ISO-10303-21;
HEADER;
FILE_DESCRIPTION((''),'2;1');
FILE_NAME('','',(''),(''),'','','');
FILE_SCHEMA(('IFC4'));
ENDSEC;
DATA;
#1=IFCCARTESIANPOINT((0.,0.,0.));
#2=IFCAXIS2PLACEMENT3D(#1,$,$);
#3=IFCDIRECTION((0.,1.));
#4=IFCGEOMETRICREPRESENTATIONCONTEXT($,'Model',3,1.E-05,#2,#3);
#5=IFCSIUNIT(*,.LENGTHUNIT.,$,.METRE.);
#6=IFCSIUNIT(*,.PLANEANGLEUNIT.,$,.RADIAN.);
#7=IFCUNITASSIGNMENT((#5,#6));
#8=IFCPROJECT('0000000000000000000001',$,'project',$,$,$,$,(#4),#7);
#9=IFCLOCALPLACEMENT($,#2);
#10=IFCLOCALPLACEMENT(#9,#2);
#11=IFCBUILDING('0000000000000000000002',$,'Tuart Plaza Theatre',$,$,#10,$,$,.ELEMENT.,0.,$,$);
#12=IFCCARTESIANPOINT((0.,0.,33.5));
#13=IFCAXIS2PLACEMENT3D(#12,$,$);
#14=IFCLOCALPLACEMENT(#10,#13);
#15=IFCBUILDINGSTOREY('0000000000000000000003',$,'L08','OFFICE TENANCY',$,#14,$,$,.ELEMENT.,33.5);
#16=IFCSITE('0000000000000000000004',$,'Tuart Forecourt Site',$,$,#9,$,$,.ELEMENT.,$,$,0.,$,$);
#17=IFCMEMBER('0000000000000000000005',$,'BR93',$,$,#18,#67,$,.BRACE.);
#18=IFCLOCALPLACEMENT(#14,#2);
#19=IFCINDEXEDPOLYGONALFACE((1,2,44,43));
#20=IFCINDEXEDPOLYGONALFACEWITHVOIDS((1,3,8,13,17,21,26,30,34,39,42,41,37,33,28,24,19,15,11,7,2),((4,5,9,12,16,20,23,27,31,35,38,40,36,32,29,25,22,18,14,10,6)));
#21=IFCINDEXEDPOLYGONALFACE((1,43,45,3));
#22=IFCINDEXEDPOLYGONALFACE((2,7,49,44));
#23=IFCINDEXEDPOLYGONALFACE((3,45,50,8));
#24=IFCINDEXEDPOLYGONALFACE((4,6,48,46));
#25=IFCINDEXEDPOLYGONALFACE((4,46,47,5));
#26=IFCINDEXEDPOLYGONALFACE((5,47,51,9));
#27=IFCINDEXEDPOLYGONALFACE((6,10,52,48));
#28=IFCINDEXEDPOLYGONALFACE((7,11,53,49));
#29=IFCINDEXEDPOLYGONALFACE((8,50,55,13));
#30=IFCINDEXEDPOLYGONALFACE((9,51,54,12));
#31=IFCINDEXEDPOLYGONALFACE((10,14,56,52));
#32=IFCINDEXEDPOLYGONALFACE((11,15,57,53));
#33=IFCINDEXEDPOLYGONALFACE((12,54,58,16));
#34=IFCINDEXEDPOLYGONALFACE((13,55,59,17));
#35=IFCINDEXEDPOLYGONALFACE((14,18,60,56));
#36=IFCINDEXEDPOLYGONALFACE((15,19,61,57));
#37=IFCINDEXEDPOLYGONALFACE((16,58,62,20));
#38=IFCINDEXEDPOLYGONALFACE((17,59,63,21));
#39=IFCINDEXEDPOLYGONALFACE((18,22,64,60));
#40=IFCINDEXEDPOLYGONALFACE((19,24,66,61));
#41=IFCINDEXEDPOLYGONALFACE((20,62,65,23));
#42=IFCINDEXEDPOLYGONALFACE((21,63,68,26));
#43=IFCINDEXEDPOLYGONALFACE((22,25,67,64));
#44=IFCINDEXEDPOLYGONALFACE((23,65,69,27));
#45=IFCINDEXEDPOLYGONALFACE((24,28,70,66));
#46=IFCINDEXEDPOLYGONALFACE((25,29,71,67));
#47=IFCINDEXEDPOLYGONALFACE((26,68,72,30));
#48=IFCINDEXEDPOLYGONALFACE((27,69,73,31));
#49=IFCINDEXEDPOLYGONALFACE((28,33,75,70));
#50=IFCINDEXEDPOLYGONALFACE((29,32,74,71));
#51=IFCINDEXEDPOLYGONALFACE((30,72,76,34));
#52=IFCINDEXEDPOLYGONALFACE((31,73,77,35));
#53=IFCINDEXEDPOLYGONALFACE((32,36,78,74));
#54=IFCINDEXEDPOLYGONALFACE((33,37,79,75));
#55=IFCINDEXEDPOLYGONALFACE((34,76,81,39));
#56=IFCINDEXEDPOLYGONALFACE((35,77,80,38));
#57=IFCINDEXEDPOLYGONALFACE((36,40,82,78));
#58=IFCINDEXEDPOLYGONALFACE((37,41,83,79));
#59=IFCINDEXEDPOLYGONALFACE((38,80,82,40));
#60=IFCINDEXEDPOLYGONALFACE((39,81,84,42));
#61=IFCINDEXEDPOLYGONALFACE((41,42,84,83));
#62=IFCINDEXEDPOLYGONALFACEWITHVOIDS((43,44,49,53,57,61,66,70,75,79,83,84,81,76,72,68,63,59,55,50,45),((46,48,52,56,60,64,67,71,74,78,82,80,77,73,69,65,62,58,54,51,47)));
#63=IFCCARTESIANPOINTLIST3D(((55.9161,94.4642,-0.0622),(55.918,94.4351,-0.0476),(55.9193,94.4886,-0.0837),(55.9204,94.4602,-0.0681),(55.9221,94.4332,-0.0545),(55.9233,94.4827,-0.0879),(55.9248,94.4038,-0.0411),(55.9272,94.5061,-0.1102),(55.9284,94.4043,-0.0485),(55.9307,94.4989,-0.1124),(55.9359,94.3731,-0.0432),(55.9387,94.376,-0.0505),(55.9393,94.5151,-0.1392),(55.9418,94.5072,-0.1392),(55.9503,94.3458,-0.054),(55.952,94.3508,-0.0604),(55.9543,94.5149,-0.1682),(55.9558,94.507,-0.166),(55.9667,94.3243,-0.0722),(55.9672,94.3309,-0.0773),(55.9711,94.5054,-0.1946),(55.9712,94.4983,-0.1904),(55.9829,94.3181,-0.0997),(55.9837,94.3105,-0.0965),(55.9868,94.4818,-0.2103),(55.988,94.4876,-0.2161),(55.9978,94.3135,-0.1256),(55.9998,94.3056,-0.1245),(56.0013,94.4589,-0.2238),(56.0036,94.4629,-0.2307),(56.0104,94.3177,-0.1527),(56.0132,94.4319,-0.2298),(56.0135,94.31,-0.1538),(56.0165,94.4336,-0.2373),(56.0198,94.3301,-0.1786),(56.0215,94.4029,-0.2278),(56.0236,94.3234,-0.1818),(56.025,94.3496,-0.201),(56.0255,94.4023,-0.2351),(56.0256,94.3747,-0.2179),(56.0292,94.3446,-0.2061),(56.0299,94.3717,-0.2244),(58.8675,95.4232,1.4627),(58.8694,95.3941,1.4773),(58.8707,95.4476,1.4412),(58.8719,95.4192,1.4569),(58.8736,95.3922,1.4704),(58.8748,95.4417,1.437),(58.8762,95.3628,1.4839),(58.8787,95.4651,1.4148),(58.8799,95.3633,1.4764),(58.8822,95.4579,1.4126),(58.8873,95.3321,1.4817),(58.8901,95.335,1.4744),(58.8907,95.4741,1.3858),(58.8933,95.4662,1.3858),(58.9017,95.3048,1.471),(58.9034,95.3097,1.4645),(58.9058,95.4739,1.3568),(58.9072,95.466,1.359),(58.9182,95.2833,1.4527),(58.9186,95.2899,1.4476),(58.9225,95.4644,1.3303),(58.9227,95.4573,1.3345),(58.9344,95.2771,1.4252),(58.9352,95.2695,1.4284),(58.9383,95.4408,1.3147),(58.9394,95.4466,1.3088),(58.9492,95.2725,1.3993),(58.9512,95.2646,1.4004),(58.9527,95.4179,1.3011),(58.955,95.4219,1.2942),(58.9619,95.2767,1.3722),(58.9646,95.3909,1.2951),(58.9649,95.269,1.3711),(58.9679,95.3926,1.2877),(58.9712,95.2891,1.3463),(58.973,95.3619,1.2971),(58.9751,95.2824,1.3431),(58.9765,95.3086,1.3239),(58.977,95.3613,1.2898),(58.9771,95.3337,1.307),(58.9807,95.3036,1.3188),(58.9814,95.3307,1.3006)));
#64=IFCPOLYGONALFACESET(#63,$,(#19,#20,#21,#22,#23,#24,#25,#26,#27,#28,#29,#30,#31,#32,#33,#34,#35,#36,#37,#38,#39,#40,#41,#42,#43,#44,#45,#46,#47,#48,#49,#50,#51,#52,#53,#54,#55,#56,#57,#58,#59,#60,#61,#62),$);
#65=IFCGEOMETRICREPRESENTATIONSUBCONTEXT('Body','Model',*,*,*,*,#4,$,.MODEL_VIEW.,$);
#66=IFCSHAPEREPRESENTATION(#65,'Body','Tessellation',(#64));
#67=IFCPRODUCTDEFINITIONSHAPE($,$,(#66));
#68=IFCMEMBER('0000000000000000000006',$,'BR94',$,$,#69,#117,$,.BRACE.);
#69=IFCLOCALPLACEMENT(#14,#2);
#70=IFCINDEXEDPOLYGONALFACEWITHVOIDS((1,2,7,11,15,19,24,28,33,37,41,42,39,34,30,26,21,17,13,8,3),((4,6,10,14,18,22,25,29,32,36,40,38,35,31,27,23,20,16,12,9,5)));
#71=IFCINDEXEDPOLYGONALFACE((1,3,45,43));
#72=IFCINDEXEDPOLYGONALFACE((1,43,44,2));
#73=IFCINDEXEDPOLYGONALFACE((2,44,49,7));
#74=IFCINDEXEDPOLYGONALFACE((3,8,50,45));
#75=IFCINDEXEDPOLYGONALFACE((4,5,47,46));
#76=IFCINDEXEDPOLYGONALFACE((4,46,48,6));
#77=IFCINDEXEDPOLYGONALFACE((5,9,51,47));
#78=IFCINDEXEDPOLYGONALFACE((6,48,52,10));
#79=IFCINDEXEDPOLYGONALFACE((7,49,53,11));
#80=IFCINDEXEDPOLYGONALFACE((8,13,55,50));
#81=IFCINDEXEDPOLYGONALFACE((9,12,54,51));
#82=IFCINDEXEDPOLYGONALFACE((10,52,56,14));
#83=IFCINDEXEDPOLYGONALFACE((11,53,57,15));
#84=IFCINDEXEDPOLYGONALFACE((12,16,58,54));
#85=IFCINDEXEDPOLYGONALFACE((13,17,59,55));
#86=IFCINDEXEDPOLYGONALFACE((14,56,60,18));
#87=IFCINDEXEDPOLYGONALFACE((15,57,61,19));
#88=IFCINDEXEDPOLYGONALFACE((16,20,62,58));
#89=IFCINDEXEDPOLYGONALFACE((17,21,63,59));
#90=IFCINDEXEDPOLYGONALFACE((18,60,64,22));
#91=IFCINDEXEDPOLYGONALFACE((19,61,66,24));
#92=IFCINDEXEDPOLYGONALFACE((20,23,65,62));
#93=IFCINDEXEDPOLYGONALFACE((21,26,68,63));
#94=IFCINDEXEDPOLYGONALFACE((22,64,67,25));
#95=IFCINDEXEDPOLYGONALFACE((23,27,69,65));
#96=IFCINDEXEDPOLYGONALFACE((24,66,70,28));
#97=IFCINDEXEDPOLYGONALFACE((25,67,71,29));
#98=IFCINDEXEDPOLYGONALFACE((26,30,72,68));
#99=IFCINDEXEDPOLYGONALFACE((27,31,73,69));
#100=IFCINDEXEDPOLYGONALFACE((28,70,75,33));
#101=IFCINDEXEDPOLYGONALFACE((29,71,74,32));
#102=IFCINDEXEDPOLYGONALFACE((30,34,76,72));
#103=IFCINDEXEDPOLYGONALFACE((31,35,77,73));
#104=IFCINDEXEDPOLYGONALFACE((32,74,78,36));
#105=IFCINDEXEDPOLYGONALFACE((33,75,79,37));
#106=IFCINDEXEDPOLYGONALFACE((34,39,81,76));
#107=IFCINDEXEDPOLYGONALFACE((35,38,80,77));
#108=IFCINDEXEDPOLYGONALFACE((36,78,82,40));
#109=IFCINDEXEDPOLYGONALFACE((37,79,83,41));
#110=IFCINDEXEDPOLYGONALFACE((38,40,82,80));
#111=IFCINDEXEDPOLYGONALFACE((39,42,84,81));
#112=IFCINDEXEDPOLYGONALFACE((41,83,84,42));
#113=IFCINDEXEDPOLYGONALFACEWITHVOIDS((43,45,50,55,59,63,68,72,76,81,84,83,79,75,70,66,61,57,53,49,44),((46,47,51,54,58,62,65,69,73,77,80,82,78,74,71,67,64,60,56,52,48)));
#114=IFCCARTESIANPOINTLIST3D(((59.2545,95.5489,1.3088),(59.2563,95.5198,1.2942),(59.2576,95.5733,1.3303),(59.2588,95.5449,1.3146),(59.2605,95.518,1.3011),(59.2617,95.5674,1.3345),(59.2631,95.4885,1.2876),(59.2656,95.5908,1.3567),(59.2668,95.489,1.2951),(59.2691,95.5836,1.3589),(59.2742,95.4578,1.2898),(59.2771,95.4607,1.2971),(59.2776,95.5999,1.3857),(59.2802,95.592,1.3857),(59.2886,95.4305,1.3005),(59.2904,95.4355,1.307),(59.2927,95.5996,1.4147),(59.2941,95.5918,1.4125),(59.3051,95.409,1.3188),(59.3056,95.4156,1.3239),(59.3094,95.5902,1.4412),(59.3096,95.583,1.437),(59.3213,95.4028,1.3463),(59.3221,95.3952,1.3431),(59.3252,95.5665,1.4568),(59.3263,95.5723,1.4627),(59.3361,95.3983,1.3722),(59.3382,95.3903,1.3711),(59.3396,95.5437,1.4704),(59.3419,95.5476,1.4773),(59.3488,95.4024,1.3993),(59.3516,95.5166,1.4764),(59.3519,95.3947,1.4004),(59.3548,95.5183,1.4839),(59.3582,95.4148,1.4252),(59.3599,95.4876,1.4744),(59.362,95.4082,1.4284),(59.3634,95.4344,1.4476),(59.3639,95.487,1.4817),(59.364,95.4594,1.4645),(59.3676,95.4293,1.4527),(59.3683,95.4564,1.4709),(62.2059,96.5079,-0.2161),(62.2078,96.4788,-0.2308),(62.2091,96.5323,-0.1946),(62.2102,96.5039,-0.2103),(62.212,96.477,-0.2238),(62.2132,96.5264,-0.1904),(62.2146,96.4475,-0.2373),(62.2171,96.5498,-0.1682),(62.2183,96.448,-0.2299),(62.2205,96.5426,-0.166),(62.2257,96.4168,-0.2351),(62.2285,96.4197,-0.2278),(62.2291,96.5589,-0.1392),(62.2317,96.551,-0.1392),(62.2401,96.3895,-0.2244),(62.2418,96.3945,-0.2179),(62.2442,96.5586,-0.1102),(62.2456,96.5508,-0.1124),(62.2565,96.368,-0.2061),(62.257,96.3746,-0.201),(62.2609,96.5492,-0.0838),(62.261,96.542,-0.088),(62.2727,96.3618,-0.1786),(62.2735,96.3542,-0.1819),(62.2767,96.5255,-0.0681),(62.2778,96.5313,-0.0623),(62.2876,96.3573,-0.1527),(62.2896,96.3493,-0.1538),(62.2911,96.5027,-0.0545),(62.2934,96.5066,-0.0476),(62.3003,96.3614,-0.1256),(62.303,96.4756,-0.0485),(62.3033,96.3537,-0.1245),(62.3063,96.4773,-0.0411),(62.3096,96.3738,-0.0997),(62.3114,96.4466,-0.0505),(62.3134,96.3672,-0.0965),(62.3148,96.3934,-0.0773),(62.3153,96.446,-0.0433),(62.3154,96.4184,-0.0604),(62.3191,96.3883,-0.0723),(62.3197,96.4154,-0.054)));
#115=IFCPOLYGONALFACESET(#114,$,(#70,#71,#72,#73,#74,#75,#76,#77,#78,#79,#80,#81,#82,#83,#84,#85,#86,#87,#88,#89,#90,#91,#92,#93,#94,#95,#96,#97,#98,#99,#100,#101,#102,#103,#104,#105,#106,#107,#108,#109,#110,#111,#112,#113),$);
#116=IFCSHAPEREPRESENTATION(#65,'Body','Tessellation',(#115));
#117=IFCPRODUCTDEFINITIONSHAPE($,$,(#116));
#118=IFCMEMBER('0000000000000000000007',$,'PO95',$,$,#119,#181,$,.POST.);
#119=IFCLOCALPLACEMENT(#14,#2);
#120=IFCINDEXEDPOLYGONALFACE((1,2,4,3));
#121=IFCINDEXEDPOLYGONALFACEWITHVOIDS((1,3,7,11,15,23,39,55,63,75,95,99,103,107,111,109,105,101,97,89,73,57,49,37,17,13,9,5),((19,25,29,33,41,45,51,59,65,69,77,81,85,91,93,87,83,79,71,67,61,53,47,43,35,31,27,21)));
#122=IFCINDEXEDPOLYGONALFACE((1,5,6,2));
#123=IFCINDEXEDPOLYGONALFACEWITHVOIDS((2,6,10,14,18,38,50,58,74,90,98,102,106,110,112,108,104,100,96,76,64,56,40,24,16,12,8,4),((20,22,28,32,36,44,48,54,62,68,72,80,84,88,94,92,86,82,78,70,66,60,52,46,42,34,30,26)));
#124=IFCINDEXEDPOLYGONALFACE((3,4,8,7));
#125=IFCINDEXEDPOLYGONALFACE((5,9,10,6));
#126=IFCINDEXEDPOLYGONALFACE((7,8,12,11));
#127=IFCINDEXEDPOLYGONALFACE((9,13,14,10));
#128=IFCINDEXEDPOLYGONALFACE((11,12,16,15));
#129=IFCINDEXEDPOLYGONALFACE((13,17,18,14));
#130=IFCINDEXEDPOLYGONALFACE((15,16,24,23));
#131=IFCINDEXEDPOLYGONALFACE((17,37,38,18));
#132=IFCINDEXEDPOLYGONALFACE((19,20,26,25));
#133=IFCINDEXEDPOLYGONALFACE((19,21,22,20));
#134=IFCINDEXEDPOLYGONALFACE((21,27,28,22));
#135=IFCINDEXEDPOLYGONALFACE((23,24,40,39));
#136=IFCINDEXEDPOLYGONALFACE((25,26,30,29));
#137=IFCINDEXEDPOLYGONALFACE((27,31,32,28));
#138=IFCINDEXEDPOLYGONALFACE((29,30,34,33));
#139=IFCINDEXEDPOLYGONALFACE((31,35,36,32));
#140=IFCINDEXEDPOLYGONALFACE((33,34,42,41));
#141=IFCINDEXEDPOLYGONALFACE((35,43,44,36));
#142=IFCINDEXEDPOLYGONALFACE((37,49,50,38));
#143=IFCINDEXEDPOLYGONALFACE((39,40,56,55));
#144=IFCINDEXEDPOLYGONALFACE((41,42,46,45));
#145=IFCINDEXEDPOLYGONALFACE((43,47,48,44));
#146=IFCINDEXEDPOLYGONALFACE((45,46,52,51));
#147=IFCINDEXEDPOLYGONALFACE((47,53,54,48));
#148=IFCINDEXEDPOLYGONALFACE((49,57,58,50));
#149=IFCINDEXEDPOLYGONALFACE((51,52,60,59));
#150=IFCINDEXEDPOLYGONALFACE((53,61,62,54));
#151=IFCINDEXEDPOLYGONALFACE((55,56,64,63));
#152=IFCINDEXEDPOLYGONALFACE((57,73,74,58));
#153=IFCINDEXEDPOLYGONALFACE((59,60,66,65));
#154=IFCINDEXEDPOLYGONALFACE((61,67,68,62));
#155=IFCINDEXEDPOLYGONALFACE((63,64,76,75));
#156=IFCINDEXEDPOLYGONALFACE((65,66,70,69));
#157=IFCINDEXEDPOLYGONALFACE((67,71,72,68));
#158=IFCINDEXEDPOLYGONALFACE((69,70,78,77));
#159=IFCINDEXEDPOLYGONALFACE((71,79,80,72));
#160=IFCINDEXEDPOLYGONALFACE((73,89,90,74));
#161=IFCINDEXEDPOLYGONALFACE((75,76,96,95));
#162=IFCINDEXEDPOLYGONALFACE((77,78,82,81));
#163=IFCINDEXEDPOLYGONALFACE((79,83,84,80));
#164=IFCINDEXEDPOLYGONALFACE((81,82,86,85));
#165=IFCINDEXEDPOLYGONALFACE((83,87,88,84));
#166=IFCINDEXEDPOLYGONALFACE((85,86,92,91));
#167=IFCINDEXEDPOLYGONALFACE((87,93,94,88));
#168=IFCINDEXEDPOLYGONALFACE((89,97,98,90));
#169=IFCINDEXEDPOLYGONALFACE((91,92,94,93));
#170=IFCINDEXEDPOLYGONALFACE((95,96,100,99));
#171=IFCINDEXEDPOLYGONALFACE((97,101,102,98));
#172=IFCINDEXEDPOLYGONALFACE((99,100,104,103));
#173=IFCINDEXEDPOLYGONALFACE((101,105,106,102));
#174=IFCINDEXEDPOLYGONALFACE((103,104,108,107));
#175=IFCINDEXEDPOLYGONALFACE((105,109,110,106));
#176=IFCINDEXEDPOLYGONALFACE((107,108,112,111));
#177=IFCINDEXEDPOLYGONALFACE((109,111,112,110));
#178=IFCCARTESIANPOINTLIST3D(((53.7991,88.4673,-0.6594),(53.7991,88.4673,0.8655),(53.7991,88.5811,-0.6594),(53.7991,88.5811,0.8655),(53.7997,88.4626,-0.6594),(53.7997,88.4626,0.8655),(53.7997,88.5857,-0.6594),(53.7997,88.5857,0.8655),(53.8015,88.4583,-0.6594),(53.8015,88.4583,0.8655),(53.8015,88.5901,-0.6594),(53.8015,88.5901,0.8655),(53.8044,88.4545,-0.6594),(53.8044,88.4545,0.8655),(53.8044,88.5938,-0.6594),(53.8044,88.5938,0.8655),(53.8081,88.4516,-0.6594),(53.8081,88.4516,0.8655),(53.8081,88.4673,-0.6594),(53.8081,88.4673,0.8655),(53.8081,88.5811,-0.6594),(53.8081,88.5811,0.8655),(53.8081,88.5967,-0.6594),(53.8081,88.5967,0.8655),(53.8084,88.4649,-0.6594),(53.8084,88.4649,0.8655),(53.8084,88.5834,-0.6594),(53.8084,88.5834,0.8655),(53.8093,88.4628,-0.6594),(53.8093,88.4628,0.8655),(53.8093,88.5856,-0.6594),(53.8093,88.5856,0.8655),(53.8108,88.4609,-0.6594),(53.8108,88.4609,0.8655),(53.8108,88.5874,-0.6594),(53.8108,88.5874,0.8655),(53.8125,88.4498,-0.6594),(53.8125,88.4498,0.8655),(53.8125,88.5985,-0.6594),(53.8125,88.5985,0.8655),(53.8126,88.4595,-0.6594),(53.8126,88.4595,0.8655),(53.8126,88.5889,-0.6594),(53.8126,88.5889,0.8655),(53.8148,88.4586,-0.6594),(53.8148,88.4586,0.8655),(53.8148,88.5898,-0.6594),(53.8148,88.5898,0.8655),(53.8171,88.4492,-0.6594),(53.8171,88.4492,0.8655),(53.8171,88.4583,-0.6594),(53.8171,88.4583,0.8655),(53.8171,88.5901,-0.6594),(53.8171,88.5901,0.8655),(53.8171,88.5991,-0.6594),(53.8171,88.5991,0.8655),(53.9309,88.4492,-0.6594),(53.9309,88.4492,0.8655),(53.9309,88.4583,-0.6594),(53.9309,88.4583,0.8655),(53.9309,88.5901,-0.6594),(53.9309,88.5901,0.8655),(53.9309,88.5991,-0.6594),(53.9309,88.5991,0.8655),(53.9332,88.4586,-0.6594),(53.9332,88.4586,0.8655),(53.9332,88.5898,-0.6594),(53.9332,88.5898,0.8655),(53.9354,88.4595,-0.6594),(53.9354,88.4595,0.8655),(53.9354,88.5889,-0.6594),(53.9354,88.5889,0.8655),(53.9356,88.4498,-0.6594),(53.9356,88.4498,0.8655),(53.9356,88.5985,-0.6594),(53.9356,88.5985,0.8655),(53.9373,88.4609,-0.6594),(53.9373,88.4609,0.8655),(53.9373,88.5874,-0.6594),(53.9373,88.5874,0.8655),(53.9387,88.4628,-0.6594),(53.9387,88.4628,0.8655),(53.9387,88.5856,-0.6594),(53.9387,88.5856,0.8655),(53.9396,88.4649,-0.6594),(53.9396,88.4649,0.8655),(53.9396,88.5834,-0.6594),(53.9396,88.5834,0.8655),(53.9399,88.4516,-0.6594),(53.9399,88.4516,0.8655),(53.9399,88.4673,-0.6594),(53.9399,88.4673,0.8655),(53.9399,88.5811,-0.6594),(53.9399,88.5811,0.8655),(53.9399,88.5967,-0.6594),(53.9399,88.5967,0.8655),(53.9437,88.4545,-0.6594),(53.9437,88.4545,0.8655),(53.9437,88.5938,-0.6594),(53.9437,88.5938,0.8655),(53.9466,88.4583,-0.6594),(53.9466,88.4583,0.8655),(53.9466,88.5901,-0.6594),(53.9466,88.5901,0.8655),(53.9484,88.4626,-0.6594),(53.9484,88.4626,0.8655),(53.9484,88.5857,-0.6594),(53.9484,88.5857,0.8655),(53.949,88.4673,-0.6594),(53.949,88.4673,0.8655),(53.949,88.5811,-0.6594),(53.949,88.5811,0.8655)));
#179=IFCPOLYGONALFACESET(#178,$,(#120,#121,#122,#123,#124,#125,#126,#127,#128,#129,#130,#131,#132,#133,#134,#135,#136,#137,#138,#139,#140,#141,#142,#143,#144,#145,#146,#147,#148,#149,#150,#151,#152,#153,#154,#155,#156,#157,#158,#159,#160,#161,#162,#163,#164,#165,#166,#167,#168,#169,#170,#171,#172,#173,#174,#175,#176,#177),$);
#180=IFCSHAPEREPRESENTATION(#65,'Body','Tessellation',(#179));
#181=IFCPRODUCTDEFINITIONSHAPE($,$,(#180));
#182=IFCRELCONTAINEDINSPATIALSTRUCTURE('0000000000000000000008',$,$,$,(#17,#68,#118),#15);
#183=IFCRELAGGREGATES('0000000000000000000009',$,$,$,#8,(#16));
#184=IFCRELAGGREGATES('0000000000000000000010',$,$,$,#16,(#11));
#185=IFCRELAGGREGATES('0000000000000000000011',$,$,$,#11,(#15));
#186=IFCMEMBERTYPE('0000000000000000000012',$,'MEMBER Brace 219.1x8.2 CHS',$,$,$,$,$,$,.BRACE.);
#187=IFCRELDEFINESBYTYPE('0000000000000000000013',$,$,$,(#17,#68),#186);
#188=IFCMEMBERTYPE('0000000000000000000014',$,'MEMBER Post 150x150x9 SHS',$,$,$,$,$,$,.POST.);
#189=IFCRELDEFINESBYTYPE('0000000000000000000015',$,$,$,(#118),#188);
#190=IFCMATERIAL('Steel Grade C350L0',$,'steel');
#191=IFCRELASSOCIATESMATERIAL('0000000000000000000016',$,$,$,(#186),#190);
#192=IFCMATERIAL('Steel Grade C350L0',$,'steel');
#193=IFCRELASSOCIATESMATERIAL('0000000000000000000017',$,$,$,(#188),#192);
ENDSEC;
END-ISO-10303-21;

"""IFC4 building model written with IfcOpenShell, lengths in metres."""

from ifc_helpers import new_model, si_unit, direction, frame, origin, origin_2d, place, context, subcontext, project, spatial, hollow_rectangle, hollow_circle, extrude, material, material_profile, profile_set, type_object, element, save


model = new_model("IFC4")

# Units and contexts
model_context = context("Model", 3, precision=1e-05, world=origin(), true_north=direction((0.0, 1.0)))
body_context = subcontext(model_context, "Body", "Model", "MODEL_VIEW")
ifc_project = project(units=[si_unit("LENGTHUNIT", "METRE"), si_unit("PLANEANGLEUNIT", "RADIAN")], contexts=[model_context])

# Site, building, storey
site_placement = place(None, origin())
site = spatial("IfcSite", under=ifc_project, at=site_placement, Name="Tuart Forecourt Site", CompositionType="ELEMENT", RefElevation=0.0)
building_placement = place(site_placement, origin())
building = spatial("IfcBuilding", under=site, at=building_placement, Name="Tuart Plaza Theatre", CompositionType="ELEMENT", ElevationOfRefHeight=0.0)
storey_placement = place(building_placement, frame((0.0, 0.0, 33.5)))
storey = spatial("IfcBuildingStorey", under=building, at=storey_placement, Name="L08", Description="OFFICE TENANCY", CompositionType="ELEMENT", Elevation=33.5)

# Members
ifc_material_1 = material(Name="Steel Grade C350L0", Category="steel")
ifc_material_profile_1 = material_profile(ifc_material_1, hollow_circle(Radius=0.1096, WallThickness=0.0083, at=origin_2d()), Name="219.1x8.2 CHS")
ifc_profile_set_1 = profile_set([ifc_material_profile_1], Name="Steel Grade C350L0")
member_type_1 = type_object("IfcMemberType", Name="MEMBER Brace 219.1x8.2 CHS", PredefinedType="BRACE", material=ifc_profile_set_1)
for number, where, z_axis, x_axis, name in (
    (1, (55.9731, 94.4109, -0.1392), (0.853573, 0.277346, 0.441014), (-0.30902, 0.951055, 0.0), "BR93"),
    (2, (59.3115, 95.4956, 1.3857), (0.853573, 0.277346, -0.441014), (-0.30902, 0.951055, 0.0), "BR94"),
):
    element("IfcMember", number, at=place(storey_placement, frame(where, z_axis=z_axis, x_axis=x_axis)), inside=storey, type_object=member_type_1, Name=name, PredefinedType="BRACE", context=body_context, shape_type="SweptSolid", body=[
        extrude(hollow_circle(Radius=0.1096, WallThickness=0.0083, at=origin_2d()), origin(), (0.0, 0.0, 1.0), 3.4578),
    ])
ifc_material_2 = material(Name="Steel Grade C350L0", Category="steel")
ifc_material_profile_2 = material_profile(ifc_material_2, hollow_rectangle(XDim=0.1499, YDim=0.1499, WallThickness=0.009, InnerFilletRadius=0.009, OuterFilletRadius=0.0181, at=origin_2d()), Name="150x150x9 SHS")
ifc_profile_set_2 = profile_set([ifc_material_profile_2], Name="Steel Grade C350L0")
member_type_2 = type_object("IfcMemberType", Name="MEMBER Post 150x150x9 SHS", PredefinedType="POST", material=ifc_profile_set_2)
for number, where, z_axis, x_axis, name in (
    (3, (53.874, 88.5242, -0.6594), (0.0, 0.0, 1.0), (1.0, 0.0, 0.0), "PO95"),
):
    element("IfcMember", number, at=place(storey_placement, frame(where, z_axis=z_axis, x_axis=x_axis)), inside=storey, type_object=member_type_2, Name=name, PredefinedType="POST", context=body_context, shape_type="SweptSolid", body=[
        extrude(hollow_rectangle(XDim=0.1499, YDim=0.1499, WallThickness=0.009, InnerFilletRadius=0.009, OuterFilletRadius=0.0181, at=origin_2d()), origin(), (0.0, 0.0, 1.0), 1.5249),
    ])

save(model, "model.ifc")
